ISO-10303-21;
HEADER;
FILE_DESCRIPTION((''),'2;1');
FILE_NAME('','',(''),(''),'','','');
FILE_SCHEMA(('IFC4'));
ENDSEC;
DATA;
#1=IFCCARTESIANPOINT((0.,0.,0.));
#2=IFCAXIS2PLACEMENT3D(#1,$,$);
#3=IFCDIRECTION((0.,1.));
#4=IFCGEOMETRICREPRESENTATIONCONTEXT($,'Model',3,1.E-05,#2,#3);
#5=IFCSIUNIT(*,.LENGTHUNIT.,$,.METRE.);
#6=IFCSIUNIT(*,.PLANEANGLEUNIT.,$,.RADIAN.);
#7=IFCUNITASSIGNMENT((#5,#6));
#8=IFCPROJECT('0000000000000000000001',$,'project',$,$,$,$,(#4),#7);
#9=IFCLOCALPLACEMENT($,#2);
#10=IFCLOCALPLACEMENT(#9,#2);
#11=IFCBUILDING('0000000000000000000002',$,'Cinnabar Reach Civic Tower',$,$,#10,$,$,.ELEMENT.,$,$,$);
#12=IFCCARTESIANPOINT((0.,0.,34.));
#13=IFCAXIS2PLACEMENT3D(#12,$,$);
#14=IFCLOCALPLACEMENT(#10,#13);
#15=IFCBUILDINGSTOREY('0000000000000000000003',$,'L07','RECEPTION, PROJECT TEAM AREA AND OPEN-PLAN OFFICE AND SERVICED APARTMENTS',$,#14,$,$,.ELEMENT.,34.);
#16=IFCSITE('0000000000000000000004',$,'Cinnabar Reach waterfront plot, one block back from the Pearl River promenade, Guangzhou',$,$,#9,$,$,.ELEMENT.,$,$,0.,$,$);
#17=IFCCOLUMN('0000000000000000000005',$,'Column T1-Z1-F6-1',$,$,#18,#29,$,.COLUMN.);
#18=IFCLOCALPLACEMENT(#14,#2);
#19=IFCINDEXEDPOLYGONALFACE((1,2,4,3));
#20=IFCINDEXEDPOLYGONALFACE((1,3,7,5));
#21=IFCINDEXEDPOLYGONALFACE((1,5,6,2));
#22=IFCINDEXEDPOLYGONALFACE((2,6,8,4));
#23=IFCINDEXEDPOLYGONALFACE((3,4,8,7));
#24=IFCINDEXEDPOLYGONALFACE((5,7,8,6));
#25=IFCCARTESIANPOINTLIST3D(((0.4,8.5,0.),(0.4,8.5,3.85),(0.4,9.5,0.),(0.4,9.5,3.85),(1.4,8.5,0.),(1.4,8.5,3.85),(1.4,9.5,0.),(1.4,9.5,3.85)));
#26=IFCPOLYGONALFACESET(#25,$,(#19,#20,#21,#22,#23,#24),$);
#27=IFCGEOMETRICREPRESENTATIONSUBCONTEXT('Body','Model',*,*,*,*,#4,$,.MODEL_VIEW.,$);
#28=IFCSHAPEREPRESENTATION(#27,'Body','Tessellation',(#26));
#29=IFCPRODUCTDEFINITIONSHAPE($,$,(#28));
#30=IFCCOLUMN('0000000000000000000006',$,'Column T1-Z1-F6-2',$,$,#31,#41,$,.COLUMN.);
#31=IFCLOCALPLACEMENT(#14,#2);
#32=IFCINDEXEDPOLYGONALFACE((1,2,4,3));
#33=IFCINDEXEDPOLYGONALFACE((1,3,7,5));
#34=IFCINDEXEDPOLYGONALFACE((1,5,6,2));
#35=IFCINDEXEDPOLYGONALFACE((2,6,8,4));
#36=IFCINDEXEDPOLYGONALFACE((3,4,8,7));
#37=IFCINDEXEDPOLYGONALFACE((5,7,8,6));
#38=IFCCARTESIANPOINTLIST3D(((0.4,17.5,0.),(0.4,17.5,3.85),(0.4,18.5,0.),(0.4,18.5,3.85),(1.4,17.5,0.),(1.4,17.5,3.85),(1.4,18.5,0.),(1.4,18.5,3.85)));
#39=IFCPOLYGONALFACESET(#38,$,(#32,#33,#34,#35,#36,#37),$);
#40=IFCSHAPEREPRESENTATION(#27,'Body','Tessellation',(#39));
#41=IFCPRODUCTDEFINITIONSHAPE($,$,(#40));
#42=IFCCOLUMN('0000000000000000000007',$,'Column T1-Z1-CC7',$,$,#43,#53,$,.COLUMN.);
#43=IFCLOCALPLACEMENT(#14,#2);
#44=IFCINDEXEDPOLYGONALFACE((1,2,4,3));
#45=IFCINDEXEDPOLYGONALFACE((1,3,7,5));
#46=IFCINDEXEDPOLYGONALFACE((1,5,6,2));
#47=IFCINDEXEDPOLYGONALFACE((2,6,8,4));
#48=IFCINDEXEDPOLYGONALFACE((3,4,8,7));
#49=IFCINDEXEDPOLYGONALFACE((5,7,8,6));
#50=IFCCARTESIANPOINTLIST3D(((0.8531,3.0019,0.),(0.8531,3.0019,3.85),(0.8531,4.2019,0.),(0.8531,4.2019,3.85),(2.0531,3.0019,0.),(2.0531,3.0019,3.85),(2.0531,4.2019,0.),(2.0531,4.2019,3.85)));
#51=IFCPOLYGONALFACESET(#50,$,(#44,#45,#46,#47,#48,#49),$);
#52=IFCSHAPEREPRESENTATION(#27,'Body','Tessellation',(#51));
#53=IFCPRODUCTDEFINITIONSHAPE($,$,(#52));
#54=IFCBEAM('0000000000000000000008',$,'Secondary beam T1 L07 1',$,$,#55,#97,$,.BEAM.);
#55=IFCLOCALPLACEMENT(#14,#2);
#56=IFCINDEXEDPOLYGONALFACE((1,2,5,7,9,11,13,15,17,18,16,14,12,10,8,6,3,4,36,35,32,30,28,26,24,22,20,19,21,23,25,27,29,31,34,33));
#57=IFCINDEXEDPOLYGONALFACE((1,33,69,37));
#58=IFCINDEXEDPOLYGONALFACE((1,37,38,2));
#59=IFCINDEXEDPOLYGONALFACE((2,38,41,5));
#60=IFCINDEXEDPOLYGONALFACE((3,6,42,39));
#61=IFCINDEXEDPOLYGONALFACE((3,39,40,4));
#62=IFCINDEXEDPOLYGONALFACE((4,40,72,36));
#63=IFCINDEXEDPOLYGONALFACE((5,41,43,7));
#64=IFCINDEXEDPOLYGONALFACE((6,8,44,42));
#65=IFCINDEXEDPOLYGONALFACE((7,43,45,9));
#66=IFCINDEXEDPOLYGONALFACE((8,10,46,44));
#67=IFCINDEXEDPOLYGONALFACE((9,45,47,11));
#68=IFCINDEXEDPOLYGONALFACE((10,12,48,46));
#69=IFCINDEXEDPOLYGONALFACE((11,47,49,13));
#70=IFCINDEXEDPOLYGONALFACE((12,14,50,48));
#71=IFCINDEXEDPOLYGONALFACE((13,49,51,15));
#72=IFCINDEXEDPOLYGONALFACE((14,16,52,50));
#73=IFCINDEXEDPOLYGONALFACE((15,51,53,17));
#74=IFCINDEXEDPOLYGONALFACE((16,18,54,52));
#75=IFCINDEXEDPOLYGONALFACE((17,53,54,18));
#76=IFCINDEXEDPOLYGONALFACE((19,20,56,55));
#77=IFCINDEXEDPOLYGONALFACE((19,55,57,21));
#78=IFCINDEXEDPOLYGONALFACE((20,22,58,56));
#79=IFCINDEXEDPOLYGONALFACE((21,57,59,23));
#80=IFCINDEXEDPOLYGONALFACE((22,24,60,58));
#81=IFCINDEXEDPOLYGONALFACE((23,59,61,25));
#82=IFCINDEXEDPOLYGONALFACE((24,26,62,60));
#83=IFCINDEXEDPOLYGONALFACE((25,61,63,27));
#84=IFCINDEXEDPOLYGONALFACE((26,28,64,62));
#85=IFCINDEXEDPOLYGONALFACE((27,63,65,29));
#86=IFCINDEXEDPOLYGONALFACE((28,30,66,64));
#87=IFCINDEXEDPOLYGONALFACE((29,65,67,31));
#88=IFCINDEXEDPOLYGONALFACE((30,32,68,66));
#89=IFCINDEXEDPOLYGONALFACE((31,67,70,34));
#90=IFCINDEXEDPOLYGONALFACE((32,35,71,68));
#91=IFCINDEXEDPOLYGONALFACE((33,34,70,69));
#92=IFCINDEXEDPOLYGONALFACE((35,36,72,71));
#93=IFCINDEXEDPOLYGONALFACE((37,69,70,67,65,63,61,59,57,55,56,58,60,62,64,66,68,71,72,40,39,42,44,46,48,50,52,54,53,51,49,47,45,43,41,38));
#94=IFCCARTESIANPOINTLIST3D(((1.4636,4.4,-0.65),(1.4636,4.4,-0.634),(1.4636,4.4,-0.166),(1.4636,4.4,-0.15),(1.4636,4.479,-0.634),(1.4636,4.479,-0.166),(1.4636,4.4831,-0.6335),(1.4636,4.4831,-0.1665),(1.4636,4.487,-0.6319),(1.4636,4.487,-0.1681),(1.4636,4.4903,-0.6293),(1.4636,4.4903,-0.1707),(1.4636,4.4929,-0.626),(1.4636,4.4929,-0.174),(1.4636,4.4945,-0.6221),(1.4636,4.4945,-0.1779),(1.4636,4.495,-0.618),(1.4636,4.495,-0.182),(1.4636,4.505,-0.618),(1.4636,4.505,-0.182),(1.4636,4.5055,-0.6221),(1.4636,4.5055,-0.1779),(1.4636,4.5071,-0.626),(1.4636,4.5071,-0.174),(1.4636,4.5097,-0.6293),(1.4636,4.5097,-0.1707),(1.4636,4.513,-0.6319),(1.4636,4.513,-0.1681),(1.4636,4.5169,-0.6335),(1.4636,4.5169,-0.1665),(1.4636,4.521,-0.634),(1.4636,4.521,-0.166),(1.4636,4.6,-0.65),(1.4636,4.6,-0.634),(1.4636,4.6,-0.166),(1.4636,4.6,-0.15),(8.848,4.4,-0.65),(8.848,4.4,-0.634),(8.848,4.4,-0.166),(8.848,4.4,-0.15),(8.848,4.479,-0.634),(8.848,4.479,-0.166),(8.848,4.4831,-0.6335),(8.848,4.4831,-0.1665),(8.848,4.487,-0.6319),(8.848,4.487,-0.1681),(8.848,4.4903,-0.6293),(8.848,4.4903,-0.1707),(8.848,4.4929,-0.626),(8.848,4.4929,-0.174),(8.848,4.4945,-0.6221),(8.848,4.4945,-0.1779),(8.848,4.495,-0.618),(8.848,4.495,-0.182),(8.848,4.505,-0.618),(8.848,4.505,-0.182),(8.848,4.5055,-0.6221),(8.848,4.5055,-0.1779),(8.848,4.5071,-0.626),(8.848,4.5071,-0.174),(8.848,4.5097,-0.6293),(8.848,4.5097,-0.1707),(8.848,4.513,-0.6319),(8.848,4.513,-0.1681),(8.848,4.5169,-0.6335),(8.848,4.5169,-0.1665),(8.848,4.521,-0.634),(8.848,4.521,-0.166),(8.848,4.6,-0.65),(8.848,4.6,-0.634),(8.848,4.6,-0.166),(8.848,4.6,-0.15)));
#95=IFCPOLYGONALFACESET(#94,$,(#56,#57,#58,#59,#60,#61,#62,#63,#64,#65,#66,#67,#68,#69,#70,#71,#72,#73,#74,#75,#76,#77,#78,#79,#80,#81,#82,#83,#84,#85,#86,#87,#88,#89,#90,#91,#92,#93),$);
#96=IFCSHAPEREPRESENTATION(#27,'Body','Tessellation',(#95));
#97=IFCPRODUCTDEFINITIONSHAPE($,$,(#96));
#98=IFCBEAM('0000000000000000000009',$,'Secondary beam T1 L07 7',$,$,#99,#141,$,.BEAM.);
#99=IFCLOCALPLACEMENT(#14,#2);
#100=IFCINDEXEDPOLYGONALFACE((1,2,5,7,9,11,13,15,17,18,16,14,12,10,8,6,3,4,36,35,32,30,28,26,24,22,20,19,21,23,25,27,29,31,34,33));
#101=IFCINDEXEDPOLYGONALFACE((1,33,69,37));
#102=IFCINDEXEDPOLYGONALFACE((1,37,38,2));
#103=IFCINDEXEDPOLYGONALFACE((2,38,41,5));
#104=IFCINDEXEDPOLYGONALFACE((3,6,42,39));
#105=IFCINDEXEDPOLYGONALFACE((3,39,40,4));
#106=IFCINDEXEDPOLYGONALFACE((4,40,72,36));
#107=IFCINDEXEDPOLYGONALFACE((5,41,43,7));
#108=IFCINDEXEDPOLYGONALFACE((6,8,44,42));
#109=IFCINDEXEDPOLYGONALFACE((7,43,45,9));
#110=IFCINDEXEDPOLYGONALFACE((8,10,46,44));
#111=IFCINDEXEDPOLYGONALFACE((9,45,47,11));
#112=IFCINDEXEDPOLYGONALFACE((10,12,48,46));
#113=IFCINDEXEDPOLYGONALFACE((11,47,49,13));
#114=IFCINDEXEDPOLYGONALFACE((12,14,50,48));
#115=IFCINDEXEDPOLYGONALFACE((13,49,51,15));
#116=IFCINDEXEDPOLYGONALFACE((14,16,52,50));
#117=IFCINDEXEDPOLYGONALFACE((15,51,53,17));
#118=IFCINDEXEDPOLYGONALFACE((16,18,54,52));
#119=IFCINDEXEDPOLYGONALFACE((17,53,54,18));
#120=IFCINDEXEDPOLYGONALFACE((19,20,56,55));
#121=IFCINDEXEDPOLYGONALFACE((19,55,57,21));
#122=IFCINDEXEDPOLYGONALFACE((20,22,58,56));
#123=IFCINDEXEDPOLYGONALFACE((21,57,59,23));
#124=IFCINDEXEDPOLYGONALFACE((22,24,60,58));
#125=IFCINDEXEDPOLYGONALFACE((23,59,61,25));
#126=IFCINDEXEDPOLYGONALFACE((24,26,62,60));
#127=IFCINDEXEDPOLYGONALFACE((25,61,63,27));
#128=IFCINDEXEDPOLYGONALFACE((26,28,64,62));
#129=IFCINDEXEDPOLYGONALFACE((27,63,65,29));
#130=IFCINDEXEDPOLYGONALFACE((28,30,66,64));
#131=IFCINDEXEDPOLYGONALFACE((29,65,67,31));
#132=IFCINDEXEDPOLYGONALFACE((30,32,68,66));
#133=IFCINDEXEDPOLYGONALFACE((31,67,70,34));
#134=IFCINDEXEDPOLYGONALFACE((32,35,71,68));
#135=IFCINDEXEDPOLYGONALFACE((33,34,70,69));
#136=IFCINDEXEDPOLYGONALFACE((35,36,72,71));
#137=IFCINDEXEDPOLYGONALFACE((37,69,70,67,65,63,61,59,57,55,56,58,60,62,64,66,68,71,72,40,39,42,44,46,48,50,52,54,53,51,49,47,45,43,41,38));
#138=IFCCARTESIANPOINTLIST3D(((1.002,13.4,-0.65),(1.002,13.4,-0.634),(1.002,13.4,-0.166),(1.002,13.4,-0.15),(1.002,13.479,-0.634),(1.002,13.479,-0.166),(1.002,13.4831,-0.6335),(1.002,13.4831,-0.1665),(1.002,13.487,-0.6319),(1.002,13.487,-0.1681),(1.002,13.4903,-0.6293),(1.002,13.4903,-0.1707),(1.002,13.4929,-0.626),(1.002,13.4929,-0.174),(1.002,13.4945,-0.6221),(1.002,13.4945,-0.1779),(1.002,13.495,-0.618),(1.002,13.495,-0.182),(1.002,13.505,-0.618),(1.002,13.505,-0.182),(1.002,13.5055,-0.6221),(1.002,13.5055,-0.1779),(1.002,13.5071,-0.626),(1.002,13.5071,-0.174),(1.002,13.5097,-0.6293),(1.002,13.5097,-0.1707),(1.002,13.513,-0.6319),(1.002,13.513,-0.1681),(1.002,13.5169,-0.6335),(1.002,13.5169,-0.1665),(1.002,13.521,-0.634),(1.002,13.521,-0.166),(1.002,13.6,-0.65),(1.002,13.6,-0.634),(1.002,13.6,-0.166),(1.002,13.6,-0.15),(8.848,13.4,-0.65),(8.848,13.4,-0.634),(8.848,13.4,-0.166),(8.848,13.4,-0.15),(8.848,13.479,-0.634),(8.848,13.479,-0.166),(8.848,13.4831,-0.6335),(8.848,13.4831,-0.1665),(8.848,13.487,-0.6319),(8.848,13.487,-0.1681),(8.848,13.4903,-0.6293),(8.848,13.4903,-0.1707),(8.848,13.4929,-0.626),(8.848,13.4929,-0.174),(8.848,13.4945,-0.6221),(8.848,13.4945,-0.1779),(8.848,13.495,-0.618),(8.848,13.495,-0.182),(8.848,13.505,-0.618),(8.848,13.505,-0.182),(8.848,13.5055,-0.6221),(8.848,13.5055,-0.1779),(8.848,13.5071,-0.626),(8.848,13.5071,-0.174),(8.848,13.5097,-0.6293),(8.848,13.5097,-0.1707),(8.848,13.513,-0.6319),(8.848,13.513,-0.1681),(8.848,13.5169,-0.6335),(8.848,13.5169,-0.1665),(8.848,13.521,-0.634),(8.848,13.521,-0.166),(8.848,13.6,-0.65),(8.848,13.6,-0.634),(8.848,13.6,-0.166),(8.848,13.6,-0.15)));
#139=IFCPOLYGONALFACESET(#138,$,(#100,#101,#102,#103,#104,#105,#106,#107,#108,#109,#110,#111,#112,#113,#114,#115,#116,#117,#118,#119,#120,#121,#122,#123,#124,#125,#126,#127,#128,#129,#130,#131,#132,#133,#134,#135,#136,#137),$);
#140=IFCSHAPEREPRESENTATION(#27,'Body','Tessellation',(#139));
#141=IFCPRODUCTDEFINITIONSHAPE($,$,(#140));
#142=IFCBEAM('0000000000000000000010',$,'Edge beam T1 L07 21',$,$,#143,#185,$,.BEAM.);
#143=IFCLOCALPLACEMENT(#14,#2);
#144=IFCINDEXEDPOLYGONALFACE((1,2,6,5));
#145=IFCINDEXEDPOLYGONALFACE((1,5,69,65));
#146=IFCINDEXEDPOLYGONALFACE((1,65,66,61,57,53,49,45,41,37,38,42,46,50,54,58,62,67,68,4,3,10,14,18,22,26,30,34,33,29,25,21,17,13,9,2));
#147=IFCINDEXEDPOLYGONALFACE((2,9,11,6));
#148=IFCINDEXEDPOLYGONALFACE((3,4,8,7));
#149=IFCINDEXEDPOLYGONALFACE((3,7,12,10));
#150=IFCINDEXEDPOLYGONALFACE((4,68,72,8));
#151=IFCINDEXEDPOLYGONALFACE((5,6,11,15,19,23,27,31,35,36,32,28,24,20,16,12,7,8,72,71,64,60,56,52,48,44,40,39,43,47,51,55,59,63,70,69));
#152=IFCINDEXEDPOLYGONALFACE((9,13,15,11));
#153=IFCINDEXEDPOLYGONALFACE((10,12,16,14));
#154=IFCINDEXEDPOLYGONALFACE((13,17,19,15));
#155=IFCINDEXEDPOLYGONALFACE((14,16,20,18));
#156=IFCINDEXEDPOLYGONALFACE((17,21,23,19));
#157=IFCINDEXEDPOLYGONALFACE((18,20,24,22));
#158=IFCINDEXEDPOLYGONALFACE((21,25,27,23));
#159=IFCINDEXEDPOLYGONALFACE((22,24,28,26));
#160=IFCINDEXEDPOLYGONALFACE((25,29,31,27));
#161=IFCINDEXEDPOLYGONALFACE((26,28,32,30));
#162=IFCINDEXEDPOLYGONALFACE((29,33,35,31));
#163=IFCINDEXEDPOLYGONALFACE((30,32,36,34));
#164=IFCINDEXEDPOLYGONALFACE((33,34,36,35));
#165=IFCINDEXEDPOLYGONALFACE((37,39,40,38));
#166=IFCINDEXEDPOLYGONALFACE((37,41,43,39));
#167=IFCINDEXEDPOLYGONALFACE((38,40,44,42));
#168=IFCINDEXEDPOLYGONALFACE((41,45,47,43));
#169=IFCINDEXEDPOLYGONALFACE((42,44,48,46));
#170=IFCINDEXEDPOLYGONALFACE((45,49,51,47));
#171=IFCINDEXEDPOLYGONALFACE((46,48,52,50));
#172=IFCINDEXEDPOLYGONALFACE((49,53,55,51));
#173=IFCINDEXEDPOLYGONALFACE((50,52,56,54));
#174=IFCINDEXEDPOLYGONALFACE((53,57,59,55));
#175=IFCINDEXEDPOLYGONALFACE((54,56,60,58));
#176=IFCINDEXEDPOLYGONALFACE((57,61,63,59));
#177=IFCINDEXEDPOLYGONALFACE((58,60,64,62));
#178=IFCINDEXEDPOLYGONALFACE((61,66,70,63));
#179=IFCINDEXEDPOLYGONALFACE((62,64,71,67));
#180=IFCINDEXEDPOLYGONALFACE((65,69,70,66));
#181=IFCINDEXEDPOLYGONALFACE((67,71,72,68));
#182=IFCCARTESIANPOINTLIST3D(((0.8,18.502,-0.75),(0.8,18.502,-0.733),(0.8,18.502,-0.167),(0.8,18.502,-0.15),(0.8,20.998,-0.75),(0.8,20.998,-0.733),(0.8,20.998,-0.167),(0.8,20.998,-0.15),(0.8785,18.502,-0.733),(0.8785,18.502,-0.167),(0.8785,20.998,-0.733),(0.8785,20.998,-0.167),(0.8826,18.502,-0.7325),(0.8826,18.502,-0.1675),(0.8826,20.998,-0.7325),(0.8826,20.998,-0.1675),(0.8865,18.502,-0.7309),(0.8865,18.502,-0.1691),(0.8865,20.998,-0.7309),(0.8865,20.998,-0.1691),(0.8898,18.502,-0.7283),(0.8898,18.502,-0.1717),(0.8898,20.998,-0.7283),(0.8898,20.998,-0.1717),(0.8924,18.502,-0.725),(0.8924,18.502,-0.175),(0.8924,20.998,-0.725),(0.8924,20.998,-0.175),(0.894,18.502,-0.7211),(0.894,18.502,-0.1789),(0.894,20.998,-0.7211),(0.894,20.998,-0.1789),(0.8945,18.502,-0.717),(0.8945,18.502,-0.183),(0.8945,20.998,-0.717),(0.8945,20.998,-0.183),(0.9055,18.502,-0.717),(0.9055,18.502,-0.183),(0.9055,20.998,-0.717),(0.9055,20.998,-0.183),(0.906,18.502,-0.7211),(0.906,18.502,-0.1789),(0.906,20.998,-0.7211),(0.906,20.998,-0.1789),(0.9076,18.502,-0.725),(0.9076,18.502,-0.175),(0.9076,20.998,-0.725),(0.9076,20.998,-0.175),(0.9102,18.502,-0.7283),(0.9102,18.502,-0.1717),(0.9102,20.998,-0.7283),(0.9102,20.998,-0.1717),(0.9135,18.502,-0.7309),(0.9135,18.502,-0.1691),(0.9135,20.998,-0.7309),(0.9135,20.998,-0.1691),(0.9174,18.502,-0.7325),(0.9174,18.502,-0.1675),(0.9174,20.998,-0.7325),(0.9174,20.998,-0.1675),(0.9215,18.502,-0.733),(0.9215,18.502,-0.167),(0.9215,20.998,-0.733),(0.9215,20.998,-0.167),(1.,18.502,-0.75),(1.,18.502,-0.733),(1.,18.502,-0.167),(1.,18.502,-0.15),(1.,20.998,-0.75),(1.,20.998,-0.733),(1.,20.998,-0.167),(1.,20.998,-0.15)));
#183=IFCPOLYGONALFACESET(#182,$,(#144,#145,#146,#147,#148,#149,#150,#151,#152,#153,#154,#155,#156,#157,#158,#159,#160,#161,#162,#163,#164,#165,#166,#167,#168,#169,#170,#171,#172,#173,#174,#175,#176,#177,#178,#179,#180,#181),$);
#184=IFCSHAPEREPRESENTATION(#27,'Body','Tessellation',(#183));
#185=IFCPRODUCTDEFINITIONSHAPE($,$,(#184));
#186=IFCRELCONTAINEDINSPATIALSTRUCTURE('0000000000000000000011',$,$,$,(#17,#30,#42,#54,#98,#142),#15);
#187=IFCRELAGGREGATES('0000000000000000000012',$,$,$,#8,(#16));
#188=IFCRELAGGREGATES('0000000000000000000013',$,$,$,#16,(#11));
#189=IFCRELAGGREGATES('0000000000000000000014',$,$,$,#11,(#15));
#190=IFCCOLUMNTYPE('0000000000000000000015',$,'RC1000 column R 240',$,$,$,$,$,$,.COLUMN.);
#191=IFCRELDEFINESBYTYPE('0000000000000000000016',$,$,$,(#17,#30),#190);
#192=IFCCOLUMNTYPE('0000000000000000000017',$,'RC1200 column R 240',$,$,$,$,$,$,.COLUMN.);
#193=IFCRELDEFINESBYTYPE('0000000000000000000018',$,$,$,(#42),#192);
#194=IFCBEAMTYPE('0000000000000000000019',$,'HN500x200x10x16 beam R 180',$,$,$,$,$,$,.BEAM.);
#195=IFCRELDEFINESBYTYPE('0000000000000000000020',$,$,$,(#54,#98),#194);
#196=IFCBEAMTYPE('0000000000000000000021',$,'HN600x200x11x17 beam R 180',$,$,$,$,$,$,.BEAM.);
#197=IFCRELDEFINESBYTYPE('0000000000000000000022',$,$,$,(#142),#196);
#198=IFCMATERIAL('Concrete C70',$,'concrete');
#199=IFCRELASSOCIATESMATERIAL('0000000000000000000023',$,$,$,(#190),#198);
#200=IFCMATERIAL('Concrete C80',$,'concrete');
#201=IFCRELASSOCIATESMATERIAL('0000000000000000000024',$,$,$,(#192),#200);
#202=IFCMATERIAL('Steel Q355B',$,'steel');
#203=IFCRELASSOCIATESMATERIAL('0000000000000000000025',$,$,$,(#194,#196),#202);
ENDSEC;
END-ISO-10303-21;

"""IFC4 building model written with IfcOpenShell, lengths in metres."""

from ifc_helpers import new_model, si_unit, direction, frame, origin, origin_2d, place, context, subcontext, project, spatial, rectangle, i_section, extrude, material, material_profile, profile_set, type_object, element, save


model = new_model("IFC4")

# Units and contexts
model_context = context("Model", 3, precision=1e-05, world=origin(), true_north=direction((0.0, 1.0)))
body_context = subcontext(model_context, "Body", "Model", "MODEL_VIEW")
ifc_project = project(units=[si_unit("LENGTHUNIT", "METRE"), si_unit("PLANEANGLEUNIT", "RADIAN")], contexts=[model_context])

# Site, building, storey
site_placement = place(None, origin())
site = spatial("IfcSite", under=ifc_project, at=site_placement, Name="Cinnabar Reach waterfront plot, one block back from the Pearl River promenade, Guangzhou", CompositionType="ELEMENT", RefElevation=0.0)
building_placement = place(site_placement, origin())
building = spatial("IfcBuilding", under=site, at=building_placement, Name="Cinnabar Reach Civic Tower", CompositionType="ELEMENT")
storey_placement = place(building_placement, frame((0.0, 0.0, 34.0)))
storey = spatial("IfcBuildingStorey", under=building, at=storey_placement, Name="L07", Description="RECEPTION, PROJECT TEAM AREA AND OPEN-PLAN OFFICE AND SERVICED APARTMENTS", CompositionType="ELEMENT", Elevation=34.0)

# Columns
ifc_material_1 = material(Name="Concrete C70", Category="concrete")
ifc_material_profile_1 = material_profile(ifc_material_1, rectangle(XDim=1.0, YDim=1.0, at=origin_2d()), Name="RC1000")
ifc_profile_set_1 = profile_set([ifc_material_profile_1], Name="Concrete C70")
column_type_1 = type_object("IfcColumnType", Name="RC1000 column R 240", PredefinedType="COLUMN", material=ifc_profile_set_1)
for number, where, z_axis, x_axis, name in (
    (1, (0.9, 9.0, 0.0), (0.0, 0.0, 1.0), (1.0, 0.0, 0.0), "Column T1-Z1-F6-1"),
    (2, (0.9, 18.0, 0.0), (0.0, 0.0, 1.0), (1.0, 0.0, 0.0), "Column T1-Z1-F6-2"),
):
    element("IfcColumn", number, at=place(storey_placement, frame(where, z_axis=z_axis, x_axis=x_axis)), inside=storey, type_object=column_type_1, Name=name, PredefinedType="COLUMN", context=body_context, shape_type="SweptSolid", body=[
        extrude(rectangle(XDim=1.0, YDim=1.0, at=origin_2d()), origin(), (0.0, 0.0, 1.0), 3.85),
    ])
ifc_material_2 = material(Name="Concrete C80", Category="concrete")
ifc_material_profile_2 = material_profile(ifc_material_2, rectangle(XDim=1.2, YDim=1.2, at=origin_2d()), Name="RC1200")
ifc_profile_set_2 = profile_set([ifc_material_profile_2], Name="Concrete C80")
column_type_2 = type_object("IfcColumnType", Name="RC1200 column R 240", PredefinedType="COLUMN", material=ifc_profile_set_2)
column_placement = place(storey_placement, frame((1.4531, 3.6019, 0.0), z_axis=(0.0, 0.0, 1.0), x_axis=(1.0, 0.0, 0.0)))
element("IfcColumn", 3, at=column_placement, inside=storey, type_object=column_type_2, Name="Column T1-Z1-CC7", PredefinedType="COLUMN", context=body_context, shape_type="SweptSolid", body=[
    extrude(rectangle(XDim=1.2, YDim=1.2, at=origin_2d()), origin(), (0.0, 0.0, 1.0), 3.85),
])

# Beams
ifc_material_3 = material(Name="Steel Q355B", Category="steel")
ifc_material_profile_3 = material_profile(ifc_material_3, i_section(OverallWidth=0.2, OverallDepth=0.5, WebThickness=0.01, FlangeThickness=0.016, FilletRadius=0.016, at=origin_2d()), Name="HN500x200x10x16")
ifc_profile_set_3 = profile_set([ifc_material_profile_3], Name="Steel Q355B")
beam_type_1 = type_object("IfcBeamType", Name="HN500x200x10x16 beam R 180", PredefinedType="BEAM", material=ifc_profile_set_3)
beam_1_placement = place(storey_placement, frame((1.4636, 4.5, -0.4), z_axis=(1.0, 0.0, 0.0), x_axis=(0.0, 1.0, 0.0)))
element("IfcBeam", 4, at=beam_1_placement, inside=storey, type_object=beam_type_1, Name="Secondary beam T1 L07 1", PredefinedType="BEAM", context=body_context, shape_type="SweptSolid", body=[
    extrude(i_section(OverallWidth=0.2, OverallDepth=0.5, WebThickness=0.01, FlangeThickness=0.016, FilletRadius=0.016, at=origin_2d()), origin(), (0.0, 0.0, 1.0), 7.3844),
])
beam_2_placement = place(storey_placement, frame((1.002, 13.5, -0.4), z_axis=(1.0, 0.0, 0.0), x_axis=(0.0, 1.0, 0.0)))
element("IfcBeam", 5, at=beam_2_placement, inside=storey, type_object=beam_type_1, Name="Secondary beam T1 L07 7", PredefinedType="BEAM", context=body_context, shape_type="SweptSolid", body=[
    extrude(i_section(OverallWidth=0.2, OverallDepth=0.5, WebThickness=0.01, FlangeThickness=0.016, FilletRadius=0.016, at=origin_2d()), origin(), (0.0, 0.0, 1.0), 7.846),
])
ifc_material_profile_4 = material_profile(ifc_material_3, i_section(OverallWidth=0.2, OverallDepth=0.6, WebThickness=0.011, FlangeThickness=0.017, FilletRadius=0.016, at=origin_2d()), Name="HN600x200x11x17")
ifc_profile_set_4 = profile_set([ifc_material_profile_4], Name="Steel Q355B")
beam_type_2 = type_object("IfcBeamType", Name="HN600x200x11x17 beam R 180", PredefinedType="BEAM", material=ifc_profile_set_4)
beam_3_placement = place(storey_placement, frame((0.9, 20.998, -0.45), z_axis=(0.0, -1.0, 0.0), x_axis=(1.0, 0.0, 0.0)))
element("IfcBeam", 6, at=beam_3_placement, inside=storey, type_object=beam_type_2, Name="Edge beam T1 L07 21", PredefinedType="BEAM", context=body_context, shape_type="SweptSolid", body=[
    extrude(i_section(OverallWidth=0.2, OverallDepth=0.6, WebThickness=0.011, FlangeThickness=0.017, FilletRadius=0.016, at=origin_2d()), origin(), (0.0, 0.0, 1.0), 2.496),
])

save(model, "model.ifc")
